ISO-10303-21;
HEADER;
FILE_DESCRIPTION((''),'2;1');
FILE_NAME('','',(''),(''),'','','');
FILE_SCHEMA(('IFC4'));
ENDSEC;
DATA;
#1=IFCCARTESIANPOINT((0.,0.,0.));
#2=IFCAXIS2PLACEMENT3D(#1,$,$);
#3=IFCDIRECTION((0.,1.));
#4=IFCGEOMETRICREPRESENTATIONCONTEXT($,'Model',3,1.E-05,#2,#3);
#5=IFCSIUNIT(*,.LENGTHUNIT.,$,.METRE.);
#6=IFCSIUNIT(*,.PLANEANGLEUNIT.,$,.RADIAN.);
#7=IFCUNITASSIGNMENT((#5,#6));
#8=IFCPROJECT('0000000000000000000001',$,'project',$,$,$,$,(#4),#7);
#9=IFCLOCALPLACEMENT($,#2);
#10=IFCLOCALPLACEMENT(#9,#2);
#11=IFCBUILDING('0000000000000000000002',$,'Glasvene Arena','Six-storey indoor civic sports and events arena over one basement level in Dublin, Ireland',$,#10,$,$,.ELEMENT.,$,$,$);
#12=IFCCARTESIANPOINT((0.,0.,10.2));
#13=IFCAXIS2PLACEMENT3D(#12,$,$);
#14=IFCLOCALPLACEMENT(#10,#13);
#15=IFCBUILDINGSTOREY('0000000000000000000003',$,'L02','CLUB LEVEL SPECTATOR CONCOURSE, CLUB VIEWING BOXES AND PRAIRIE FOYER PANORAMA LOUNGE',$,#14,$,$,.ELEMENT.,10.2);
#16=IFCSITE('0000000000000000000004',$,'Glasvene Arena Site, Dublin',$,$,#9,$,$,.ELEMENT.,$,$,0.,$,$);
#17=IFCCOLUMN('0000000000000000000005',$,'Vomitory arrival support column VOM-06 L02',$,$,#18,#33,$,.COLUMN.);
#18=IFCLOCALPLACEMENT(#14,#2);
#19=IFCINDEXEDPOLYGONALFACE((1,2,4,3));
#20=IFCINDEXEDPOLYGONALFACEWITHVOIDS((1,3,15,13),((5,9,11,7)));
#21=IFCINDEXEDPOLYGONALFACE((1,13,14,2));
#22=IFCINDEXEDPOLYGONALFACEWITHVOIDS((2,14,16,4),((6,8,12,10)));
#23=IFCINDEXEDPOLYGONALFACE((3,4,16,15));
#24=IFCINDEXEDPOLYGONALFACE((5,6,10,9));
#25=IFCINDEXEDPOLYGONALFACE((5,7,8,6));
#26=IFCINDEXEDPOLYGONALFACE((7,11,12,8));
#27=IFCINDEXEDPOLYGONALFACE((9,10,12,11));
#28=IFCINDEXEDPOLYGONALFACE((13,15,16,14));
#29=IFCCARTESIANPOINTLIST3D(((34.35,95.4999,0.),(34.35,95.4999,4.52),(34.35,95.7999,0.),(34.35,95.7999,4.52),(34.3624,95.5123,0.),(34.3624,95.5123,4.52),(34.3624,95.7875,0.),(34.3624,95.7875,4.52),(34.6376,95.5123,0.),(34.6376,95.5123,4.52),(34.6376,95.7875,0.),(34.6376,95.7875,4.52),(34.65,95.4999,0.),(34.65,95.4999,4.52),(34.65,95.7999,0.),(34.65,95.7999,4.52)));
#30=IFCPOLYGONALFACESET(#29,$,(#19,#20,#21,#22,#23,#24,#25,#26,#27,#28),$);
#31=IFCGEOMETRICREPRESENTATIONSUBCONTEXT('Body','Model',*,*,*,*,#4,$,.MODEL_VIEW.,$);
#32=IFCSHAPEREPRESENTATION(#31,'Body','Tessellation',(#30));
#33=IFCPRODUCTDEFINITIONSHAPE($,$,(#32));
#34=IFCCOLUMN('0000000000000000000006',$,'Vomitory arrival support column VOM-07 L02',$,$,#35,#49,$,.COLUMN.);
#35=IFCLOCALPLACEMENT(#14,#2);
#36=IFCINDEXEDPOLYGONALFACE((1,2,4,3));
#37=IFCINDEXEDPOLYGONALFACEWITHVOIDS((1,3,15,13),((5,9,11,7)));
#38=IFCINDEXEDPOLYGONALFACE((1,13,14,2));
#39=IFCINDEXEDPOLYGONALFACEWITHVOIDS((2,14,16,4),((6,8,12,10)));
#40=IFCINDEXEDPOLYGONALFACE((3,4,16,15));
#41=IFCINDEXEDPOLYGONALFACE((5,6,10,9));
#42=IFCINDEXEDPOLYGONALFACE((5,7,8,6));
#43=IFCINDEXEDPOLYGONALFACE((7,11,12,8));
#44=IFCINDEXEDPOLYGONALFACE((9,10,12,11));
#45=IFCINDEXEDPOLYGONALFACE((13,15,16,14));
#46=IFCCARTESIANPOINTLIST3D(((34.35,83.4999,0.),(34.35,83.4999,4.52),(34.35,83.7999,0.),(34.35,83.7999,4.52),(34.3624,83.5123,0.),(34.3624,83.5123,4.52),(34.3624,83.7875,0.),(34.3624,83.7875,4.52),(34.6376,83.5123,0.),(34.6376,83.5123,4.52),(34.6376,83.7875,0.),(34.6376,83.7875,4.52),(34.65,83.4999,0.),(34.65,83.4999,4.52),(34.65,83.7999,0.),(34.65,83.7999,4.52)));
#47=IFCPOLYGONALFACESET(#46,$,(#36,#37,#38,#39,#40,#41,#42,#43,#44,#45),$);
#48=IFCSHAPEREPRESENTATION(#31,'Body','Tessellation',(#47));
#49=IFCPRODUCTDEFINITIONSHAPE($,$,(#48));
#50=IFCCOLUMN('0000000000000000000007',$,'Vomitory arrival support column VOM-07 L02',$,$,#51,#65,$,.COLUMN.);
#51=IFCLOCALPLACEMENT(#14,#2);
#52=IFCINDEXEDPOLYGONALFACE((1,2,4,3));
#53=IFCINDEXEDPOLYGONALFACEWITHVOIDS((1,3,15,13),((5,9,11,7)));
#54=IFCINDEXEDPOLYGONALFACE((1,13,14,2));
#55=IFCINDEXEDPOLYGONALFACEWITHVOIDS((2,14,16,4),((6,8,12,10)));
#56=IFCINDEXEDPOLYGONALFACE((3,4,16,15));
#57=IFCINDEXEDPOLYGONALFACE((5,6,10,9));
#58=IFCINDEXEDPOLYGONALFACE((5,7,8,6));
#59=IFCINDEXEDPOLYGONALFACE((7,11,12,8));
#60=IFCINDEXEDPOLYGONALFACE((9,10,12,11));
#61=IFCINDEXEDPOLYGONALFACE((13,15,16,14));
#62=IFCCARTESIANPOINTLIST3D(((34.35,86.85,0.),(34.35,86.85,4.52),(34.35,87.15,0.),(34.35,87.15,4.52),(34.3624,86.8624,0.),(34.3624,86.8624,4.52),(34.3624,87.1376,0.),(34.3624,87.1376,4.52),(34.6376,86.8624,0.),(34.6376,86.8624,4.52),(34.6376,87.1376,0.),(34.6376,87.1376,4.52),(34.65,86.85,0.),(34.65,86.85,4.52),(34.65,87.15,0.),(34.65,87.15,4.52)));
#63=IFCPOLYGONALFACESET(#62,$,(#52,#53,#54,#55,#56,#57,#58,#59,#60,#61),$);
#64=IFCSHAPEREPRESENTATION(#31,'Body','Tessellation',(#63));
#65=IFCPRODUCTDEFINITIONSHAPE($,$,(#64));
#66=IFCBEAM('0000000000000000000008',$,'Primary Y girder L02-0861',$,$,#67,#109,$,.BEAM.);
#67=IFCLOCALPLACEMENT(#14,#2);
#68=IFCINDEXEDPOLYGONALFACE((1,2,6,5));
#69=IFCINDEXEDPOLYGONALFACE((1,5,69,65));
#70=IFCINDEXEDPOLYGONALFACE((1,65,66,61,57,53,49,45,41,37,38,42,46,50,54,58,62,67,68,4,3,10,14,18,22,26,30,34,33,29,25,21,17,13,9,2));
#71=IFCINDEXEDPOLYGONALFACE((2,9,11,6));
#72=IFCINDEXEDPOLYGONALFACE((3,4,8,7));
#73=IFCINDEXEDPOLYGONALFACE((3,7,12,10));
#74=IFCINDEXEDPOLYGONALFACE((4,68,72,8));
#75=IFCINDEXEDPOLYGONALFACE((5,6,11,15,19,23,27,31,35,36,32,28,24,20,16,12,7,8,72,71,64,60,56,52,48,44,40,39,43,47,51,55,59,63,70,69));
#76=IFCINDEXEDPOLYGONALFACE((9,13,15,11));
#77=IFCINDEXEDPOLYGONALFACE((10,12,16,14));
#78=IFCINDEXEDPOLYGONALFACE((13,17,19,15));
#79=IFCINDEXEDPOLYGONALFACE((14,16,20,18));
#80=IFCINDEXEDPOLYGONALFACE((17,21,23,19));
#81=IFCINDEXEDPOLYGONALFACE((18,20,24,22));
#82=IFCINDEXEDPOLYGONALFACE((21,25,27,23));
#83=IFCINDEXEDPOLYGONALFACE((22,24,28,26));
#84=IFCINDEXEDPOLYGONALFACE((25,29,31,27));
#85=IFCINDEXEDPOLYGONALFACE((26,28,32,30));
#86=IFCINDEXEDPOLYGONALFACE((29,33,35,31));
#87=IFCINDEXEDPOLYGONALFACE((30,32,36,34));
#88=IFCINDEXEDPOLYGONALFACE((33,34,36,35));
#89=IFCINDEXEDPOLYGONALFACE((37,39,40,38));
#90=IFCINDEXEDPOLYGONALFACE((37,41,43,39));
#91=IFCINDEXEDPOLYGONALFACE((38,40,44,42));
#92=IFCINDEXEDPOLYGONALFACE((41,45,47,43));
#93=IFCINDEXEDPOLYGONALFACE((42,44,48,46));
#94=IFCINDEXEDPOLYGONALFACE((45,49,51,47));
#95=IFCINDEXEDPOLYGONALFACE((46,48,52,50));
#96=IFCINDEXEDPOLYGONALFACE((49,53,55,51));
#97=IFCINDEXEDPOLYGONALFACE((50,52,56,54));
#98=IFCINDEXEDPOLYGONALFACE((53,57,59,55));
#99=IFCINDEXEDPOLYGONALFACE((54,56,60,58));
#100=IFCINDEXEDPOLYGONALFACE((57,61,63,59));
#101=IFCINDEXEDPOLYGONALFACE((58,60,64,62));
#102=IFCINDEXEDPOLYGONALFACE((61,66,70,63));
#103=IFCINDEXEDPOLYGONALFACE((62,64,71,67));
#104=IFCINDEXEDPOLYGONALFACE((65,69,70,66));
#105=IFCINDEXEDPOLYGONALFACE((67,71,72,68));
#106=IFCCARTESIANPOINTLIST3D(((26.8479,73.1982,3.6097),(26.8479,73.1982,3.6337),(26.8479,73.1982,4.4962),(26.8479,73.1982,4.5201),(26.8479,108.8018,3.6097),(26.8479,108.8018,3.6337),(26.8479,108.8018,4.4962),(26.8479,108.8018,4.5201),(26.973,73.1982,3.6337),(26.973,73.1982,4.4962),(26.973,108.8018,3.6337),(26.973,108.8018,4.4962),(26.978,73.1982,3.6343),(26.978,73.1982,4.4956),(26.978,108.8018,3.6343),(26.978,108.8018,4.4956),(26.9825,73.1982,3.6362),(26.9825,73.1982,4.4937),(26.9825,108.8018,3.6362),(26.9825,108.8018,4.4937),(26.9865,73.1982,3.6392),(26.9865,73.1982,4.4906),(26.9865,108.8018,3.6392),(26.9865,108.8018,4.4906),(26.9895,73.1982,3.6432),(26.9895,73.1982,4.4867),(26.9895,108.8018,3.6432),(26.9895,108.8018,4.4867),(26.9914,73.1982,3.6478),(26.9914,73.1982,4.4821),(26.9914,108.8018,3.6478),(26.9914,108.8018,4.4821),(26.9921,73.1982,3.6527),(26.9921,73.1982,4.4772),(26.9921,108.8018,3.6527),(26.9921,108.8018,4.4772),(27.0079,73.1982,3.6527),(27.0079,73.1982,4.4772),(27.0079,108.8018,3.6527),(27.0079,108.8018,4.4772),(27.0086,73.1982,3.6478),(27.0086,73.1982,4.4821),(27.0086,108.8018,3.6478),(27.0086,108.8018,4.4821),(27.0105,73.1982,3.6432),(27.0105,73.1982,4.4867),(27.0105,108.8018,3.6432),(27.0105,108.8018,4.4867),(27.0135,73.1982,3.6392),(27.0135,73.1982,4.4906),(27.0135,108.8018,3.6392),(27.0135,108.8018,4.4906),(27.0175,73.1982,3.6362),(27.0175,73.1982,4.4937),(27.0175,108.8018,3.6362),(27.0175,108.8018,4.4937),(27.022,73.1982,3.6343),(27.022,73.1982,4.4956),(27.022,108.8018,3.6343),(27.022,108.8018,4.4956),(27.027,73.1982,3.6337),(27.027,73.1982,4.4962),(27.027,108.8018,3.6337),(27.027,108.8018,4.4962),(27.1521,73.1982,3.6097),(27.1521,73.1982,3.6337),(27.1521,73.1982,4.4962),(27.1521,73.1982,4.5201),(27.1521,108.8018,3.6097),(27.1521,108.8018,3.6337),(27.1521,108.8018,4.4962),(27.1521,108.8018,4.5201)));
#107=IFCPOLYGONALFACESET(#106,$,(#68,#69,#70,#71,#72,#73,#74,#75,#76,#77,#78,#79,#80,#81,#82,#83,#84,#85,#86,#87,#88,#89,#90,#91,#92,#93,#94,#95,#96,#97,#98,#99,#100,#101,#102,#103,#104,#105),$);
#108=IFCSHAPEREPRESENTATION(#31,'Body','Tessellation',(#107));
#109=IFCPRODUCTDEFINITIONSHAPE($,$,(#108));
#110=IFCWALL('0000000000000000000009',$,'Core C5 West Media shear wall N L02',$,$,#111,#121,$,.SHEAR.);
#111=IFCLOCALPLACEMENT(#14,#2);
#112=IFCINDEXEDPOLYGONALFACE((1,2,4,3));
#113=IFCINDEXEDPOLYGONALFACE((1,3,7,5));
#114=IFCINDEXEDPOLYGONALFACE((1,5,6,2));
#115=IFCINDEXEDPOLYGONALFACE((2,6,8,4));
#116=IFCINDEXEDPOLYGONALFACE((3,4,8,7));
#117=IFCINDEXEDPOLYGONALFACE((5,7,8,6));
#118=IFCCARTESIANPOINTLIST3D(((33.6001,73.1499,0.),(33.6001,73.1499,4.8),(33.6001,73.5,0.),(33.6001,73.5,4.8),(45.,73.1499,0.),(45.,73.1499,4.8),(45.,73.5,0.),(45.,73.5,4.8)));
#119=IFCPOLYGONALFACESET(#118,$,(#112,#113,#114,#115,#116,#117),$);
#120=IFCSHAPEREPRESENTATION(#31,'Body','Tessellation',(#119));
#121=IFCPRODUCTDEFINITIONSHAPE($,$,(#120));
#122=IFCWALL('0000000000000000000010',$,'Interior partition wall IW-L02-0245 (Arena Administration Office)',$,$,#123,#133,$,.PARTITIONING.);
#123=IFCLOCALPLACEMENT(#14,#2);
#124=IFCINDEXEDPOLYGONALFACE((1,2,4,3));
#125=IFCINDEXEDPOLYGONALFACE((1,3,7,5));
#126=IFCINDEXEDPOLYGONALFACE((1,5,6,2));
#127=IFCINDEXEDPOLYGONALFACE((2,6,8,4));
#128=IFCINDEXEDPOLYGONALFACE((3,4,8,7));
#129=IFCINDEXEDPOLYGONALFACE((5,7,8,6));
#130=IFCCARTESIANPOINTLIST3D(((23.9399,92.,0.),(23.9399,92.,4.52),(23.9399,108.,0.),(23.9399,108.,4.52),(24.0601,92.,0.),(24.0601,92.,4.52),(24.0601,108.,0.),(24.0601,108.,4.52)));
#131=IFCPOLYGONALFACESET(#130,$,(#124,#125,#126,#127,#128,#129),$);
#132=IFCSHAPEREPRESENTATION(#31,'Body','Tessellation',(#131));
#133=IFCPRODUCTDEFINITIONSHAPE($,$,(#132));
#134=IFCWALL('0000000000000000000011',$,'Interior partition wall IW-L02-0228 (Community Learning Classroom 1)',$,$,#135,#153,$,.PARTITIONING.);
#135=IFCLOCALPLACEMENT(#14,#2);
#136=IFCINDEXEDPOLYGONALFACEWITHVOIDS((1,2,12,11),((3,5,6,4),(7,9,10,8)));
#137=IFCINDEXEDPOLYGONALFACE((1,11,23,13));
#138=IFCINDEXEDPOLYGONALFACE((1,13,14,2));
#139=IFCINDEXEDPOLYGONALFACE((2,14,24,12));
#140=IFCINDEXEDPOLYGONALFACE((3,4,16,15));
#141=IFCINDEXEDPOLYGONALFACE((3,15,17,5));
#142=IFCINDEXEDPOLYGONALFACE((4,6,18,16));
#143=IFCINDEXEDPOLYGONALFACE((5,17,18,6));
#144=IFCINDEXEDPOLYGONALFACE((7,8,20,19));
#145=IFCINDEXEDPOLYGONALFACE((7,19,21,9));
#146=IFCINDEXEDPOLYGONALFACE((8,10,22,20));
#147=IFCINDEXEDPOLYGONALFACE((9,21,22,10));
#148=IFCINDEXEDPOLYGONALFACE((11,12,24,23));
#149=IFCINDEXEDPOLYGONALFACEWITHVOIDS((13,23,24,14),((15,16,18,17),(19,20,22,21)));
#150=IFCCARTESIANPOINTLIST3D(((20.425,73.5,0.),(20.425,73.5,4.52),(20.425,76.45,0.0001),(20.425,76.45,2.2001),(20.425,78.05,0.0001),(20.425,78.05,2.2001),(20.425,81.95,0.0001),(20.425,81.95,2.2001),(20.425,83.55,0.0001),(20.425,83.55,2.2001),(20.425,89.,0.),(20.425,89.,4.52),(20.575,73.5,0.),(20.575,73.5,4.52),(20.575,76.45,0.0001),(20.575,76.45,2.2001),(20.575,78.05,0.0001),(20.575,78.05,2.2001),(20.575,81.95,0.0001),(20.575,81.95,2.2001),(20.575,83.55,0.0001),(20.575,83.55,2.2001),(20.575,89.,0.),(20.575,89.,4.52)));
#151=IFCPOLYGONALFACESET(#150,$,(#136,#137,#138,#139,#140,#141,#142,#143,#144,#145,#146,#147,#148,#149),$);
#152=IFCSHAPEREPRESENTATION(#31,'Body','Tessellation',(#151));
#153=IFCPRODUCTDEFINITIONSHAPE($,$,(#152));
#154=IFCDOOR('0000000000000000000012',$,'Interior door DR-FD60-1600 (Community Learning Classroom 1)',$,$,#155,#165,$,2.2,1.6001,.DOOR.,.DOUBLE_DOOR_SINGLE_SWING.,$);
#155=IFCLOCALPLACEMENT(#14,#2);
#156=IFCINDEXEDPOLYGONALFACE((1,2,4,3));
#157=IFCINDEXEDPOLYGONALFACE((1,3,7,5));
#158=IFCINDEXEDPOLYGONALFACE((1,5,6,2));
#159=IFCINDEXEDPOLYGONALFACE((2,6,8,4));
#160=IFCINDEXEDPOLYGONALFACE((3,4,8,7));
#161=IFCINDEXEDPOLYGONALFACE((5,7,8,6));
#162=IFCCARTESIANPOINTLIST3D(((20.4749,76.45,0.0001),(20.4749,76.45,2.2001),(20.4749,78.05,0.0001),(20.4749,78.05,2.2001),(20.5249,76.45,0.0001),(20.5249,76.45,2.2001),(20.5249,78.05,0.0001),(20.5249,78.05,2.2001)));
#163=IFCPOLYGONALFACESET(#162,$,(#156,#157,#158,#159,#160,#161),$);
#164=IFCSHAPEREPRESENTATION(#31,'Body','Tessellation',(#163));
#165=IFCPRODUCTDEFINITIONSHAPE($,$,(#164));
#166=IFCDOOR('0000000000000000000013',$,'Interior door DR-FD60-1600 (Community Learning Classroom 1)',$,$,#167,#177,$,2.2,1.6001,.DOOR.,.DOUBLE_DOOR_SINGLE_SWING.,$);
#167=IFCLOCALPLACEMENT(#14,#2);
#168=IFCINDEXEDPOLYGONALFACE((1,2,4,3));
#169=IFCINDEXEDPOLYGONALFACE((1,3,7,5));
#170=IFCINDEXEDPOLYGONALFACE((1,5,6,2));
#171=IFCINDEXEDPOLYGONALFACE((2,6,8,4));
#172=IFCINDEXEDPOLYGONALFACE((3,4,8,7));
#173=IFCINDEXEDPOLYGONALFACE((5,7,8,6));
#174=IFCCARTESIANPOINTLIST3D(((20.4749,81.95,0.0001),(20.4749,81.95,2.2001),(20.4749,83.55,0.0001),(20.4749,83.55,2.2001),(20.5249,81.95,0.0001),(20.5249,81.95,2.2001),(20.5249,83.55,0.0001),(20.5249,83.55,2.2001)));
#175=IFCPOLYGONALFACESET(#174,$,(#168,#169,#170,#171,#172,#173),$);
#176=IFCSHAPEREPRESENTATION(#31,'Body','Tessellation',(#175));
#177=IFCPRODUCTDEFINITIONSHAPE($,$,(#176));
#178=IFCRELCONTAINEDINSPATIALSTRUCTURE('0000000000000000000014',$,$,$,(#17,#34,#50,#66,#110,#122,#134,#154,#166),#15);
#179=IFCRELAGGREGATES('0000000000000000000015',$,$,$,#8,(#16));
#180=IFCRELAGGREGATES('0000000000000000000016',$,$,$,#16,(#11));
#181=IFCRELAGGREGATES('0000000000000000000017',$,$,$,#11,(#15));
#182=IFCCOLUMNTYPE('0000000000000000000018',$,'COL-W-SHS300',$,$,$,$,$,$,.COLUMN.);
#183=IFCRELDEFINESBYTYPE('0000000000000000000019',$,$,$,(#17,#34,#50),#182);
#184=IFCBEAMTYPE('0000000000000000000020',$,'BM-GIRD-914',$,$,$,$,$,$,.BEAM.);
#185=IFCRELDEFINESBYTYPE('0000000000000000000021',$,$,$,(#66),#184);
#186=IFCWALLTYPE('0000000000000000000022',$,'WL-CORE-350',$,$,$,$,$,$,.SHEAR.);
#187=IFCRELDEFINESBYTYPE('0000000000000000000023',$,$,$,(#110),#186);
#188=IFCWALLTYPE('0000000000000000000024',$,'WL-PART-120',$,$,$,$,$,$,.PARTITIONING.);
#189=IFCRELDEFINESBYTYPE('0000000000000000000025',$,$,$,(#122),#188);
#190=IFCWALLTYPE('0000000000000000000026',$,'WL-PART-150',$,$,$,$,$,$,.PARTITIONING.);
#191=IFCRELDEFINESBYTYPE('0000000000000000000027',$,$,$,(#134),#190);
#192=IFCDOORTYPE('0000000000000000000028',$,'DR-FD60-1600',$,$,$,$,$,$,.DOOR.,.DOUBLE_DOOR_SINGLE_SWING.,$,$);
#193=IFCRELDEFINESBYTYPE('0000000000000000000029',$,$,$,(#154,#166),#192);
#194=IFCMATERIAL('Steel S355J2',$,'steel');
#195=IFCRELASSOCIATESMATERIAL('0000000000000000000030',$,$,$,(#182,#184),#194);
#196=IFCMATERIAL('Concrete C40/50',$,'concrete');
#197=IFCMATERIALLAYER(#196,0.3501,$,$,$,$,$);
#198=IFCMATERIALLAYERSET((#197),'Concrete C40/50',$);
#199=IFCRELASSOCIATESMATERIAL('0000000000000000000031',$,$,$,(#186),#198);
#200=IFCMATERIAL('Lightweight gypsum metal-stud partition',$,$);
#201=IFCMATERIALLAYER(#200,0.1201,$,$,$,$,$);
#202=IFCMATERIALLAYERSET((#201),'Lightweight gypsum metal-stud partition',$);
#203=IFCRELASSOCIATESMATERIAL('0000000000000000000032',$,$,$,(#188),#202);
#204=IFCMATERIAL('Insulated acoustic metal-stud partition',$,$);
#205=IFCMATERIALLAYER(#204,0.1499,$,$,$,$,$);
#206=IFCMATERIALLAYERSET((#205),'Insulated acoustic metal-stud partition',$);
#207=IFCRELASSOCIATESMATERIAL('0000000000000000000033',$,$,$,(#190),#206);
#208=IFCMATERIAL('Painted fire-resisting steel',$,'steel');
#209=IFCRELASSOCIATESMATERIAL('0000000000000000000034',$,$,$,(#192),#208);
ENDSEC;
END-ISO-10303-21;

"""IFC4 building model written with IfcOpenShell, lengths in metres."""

from ifc_helpers import new_model, si_unit, direction, frame, frame_2d, origin, origin_2d, place, context, subcontext, project, spatial, rectangle, hollow_rectangle, i_section, extrude, material, layer, layer_set, material_profile, profile_set, type_object, element, fill, save


model = new_model("IFC4")

# Units and contexts
model_context = context("Model", 3, precision=1e-05, world=origin(), true_north=direction((0.0, 1.0)))
body_context = subcontext(model_context, "Body", "Model", "MODEL_VIEW")
ifc_project = project(units=[si_unit("LENGTHUNIT", "METRE"), si_unit("PLANEANGLEUNIT", "RADIAN")], contexts=[model_context])

# Site, building, storey
site_placement = place(None, origin())
site = spatial("IfcSite", under=ifc_project, at=site_placement, Name="Glasvene Arena Site, Dublin", CompositionType="ELEMENT", RefElevation=0.0)
building_placement = place(site_placement, origin())
building = spatial("IfcBuilding", under=site, at=building_placement, Name="Glasvene Arena", Description="Six-storey indoor civic sports and events arena over one basement level in Dublin, Ireland", CompositionType="ELEMENT")
storey_placement = place(building_placement, frame((0.0, 0.0, 10.2)))
storey = spatial("IfcBuildingStorey", under=building, at=storey_placement, Name="L02", Description="CLUB LEVEL SPECTATOR CONCOURSE, CLUB VIEWING BOXES AND PRAIRIE FOYER PANORAMA LOUNGE", CompositionType="ELEMENT", Elevation=10.2)

# Columns
ifc_material_1 = material(Name="Steel S355J2", Category="steel")
ifc_material_profile_1 = material_profile(ifc_material_1, hollow_rectangle(XDim=0.3, YDim=0.3, WallThickness=0.0125, at=origin_2d()), Name="SHS 300x300x12.5")
ifc_profile_set_1 = profile_set([ifc_material_profile_1], Name="Steel S355J2")
column_type = type_object("IfcColumnType", Name="COL-W-SHS300", PredefinedType="COLUMN", material=ifc_profile_set_1)
for number, where, z_axis, x_axis, name in (
    (1, (34.5, 95.6499, 0.0), (0.0, 0.0, 1.0), (1.0, 0.0, 0.0), "Vomitory arrival support column VOM-06 L02"),
    (2, (34.5, 83.6499, 0.0), (0.0, 0.0, 1.0), (1.0, 0.0, 0.0), "Vomitory arrival support column VOM-07 L02"),
    (3, (34.5, 87.0, 0.0), (0.0, 0.0, 1.0), (1.0, 0.0, 0.0), "Vomitory arrival support column VOM-07 L02"),
):
    element("IfcColumn", number, at=place(storey_placement, frame(where, z_axis=z_axis, x_axis=x_axis)), inside=storey, type_object=column_type, Name=name, PredefinedType="COLUMN", context=body_context, shape_type="SweptSolid", body=[
        extrude(hollow_rectangle(XDim=0.3, YDim=0.3, WallThickness=0.0125, at=origin_2d()), origin(), (0.0, 0.0, 1.0), 4.52),
    ])

# Beam
ifc_material_profile_2 = material_profile(ifc_material_1, i_section(OverallWidth=0.3042, OverallDepth=0.9104, WebThickness=0.0159, FlangeThickness=0.0239, FilletRadius=0.019, at=origin_2d()), Name="UKB 914x305x224")
ifc_profile_set_2 = profile_set([ifc_material_profile_2], Name="Steel S355J2")
beam_type = type_object("IfcBeamType", Name="BM-GIRD-914", PredefinedType="BEAM", material=ifc_profile_set_2)
beam_placement = place(storey_placement, frame((27.0, 73.1982, 4.0649), z_axis=(0.0, 1.0, 0.0), x_axis=(-1.0, 0.0, 0.0)))
element("IfcBeam", 4, at=beam_placement, inside=storey, type_object=beam_type, Name="Primary Y girder L02-0861", PredefinedType="BEAM", context=body_context, shape_type="SweptSolid", body=[
    extrude(i_section(OverallWidth=0.3042, OverallDepth=0.9104, WebThickness=0.0159, FlangeThickness=0.0239, FilletRadius=0.019, at=origin_2d()), origin(), (0.0, 0.0, 1.0), 35.6035),
])

# Walls
ifc_material_2 = material(Name="Concrete C40/50", Category="concrete")
ifc_layer_1 = layer(ifc_material_2, 0.3501)
ifc_layer_set_1 = layer_set([ifc_layer_1], Name="Concrete C40/50")
wall_type_1 = type_object("IfcWallType", Name="WL-CORE-350", PredefinedType="SHEAR", material=ifc_layer_set_1)
wall_1_placement = place(storey_placement, frame((33.6001, 73.325, 0.0), z_axis=(0.0, 0.0, 1.0), x_axis=(1.0, 0.0, 0.0)))
element("IfcWall", 5, at=wall_1_placement, inside=storey, type_object=wall_type_1, Name="Core C5 West Media shear wall N L02", PredefinedType="SHEAR", context=body_context, shape_type="SweptSolid", body=[
    extrude(rectangle(XDim=11.3999, YDim=0.3501, at=frame_2d((5.7, 0.0))), origin(), (0.0, 0.0, 1.0), 4.8),
])
ifc_material_3 = material(Name="Lightweight gypsum metal-stud partition")
ifc_layer_2 = layer(ifc_material_3, 0.1201)
ifc_layer_set_2 = layer_set([ifc_layer_2], Name="Lightweight gypsum metal-stud partition")
wall_type_2 = type_object("IfcWallType", Name="WL-PART-120", PredefinedType="PARTITIONING", material=ifc_layer_set_2)
wall_2_placement = place(storey_placement, frame((24.0, 92.0, 0.0), z_axis=(0.0, 0.0, 1.0), x_axis=(0.0, 1.0, 0.0)))
element("IfcWall", 6, at=wall_2_placement, inside=storey, type_object=wall_type_2, Name="Interior partition wall IW-L02-0245 (Arena Administration Office)", PredefinedType="PARTITIONING", context=body_context, shape_type="SweptSolid", body=[
    extrude(rectangle(XDim=16.0, YDim=0.1201, at=frame_2d((8.0, 0.0))), origin(), (0.0, 0.0, 1.0), 4.52),
])

# Wall, openings, doors
ifc_material_4 = material(Name="Insulated acoustic metal-stud partition")
ifc_layer_3 = layer(ifc_material_4, 0.1499)
ifc_layer_set_3 = layer_set([ifc_layer_3], Name="Insulated acoustic metal-stud partition")
wall_type_3 = type_object("IfcWallType", Name="WL-PART-150", PredefinedType="PARTITIONING", material=ifc_layer_set_3)
wall_3_placement = place(storey_placement, frame((20.5, 89.0, 0.0), z_axis=(0.0, 0.0, 1.0), x_axis=(0.0, -1.0, 0.0)))
wall_3 = element("IfcWall", 7, at=wall_3_placement, inside=storey, type_object=wall_type_3, Name="Interior partition wall IW-L02-0228 (Community Learning Classroom 1)", PredefinedType="PARTITIONING", context=body_context, shape_type="SweptSolid", body=[
    extrude(rectangle(XDim=15.5, YDim=0.1499, at=frame_2d((7.75, 0.0))), origin(), (0.0, 0.0, 1.0), 4.52),
])
opening_1_placement = place(wall_3_placement, frame((10.95, 0.0, 0.0)))
opening_1 = element("IfcOpeningElement", 8, at=opening_1_placement, cuts=wall_3, PredefinedType="OPENING", context=body_context, shape_type="SweptSolid", body=[
    extrude(rectangle(XDim=1.6001, YDim=2.2, at=frame_2d((0.8, 1.1001))), frame((0.0, 0.085, 0.0), z_axis=(0.0, -1.0, 0.0), x_axis=(1.0, 0.0, 0.0)), (0.0, 0.0, 1.0), 0.1699),
])
opening_2_placement = place(wall_3_placement, frame((5.45, 0.0, 0.0)))
opening_2 = element("IfcOpeningElement", 9, at=opening_2_placement, cuts=wall_3, PredefinedType="OPENING", context=body_context, shape_type="SweptSolid", body=[
    extrude(rectangle(XDim=1.6001, YDim=2.2, at=frame_2d((0.8, 1.1001))), frame((0.0, 0.085, 0.0), z_axis=(0.0, -1.0, 0.0), x_axis=(1.0, 0.0, 0.0)), (0.0, 0.0, 1.0), 0.1699),
])
ifc_material_5 = material(Name="Painted fire-resisting steel", Category="steel")
door_type = type_object("IfcDoorType", Name="DR-FD60-1600", OperationType="DOUBLE_DOOR_SINGLE_SWING", PredefinedType="DOOR", material=ifc_material_5)
door_1_placement = place(opening_1_placement, origin())
door_1 = element("IfcDoor", 10, at=door_1_placement, inside=storey, type_object=door_type, Name="Interior door DR-FD60-1600 (Community Learning Classroom 1)", OperationType="DOUBLE_DOOR_SINGLE_SWING", OverallHeight=2.2, OverallWidth=1.6001, PredefinedType="DOOR", context=body_context, shape_type="SweptSolid", body=[
    extrude(rectangle(XDim=1.6001, YDim=2.2, at=frame_2d((0.8, 1.1001))), frame((0.0, 0.0249, 0.0), z_axis=(0.0, -1.0, 0.0), x_axis=(1.0, 0.0, 0.0)), (0.0, 0.0, 1.0), 0.05),
])
fill(opening_1, door_1)
door_2_placement = place(opening_2_placement, origin())
door_2 = element("IfcDoor", 11, at=door_2_placement, inside=storey, type_object=door_type, Name="Interior door DR-FD60-1600 (Community Learning Classroom 1)", OperationType="DOUBLE_DOOR_SINGLE_SWING", OverallHeight=2.2, OverallWidth=1.6001, PredefinedType="DOOR", context=body_context, shape_type="SweptSolid", body=[
    extrude(rectangle(XDim=1.6001, YDim=2.2, at=frame_2d((0.8, 1.1001))), frame((0.0, 0.0249, 0.0), z_axis=(0.0, -1.0, 0.0), x_axis=(1.0, 0.0, 0.0)), (0.0, 0.0, 1.0), 0.05),
])
fill(opening_2, door_2)

save(model, "model.ifc")
